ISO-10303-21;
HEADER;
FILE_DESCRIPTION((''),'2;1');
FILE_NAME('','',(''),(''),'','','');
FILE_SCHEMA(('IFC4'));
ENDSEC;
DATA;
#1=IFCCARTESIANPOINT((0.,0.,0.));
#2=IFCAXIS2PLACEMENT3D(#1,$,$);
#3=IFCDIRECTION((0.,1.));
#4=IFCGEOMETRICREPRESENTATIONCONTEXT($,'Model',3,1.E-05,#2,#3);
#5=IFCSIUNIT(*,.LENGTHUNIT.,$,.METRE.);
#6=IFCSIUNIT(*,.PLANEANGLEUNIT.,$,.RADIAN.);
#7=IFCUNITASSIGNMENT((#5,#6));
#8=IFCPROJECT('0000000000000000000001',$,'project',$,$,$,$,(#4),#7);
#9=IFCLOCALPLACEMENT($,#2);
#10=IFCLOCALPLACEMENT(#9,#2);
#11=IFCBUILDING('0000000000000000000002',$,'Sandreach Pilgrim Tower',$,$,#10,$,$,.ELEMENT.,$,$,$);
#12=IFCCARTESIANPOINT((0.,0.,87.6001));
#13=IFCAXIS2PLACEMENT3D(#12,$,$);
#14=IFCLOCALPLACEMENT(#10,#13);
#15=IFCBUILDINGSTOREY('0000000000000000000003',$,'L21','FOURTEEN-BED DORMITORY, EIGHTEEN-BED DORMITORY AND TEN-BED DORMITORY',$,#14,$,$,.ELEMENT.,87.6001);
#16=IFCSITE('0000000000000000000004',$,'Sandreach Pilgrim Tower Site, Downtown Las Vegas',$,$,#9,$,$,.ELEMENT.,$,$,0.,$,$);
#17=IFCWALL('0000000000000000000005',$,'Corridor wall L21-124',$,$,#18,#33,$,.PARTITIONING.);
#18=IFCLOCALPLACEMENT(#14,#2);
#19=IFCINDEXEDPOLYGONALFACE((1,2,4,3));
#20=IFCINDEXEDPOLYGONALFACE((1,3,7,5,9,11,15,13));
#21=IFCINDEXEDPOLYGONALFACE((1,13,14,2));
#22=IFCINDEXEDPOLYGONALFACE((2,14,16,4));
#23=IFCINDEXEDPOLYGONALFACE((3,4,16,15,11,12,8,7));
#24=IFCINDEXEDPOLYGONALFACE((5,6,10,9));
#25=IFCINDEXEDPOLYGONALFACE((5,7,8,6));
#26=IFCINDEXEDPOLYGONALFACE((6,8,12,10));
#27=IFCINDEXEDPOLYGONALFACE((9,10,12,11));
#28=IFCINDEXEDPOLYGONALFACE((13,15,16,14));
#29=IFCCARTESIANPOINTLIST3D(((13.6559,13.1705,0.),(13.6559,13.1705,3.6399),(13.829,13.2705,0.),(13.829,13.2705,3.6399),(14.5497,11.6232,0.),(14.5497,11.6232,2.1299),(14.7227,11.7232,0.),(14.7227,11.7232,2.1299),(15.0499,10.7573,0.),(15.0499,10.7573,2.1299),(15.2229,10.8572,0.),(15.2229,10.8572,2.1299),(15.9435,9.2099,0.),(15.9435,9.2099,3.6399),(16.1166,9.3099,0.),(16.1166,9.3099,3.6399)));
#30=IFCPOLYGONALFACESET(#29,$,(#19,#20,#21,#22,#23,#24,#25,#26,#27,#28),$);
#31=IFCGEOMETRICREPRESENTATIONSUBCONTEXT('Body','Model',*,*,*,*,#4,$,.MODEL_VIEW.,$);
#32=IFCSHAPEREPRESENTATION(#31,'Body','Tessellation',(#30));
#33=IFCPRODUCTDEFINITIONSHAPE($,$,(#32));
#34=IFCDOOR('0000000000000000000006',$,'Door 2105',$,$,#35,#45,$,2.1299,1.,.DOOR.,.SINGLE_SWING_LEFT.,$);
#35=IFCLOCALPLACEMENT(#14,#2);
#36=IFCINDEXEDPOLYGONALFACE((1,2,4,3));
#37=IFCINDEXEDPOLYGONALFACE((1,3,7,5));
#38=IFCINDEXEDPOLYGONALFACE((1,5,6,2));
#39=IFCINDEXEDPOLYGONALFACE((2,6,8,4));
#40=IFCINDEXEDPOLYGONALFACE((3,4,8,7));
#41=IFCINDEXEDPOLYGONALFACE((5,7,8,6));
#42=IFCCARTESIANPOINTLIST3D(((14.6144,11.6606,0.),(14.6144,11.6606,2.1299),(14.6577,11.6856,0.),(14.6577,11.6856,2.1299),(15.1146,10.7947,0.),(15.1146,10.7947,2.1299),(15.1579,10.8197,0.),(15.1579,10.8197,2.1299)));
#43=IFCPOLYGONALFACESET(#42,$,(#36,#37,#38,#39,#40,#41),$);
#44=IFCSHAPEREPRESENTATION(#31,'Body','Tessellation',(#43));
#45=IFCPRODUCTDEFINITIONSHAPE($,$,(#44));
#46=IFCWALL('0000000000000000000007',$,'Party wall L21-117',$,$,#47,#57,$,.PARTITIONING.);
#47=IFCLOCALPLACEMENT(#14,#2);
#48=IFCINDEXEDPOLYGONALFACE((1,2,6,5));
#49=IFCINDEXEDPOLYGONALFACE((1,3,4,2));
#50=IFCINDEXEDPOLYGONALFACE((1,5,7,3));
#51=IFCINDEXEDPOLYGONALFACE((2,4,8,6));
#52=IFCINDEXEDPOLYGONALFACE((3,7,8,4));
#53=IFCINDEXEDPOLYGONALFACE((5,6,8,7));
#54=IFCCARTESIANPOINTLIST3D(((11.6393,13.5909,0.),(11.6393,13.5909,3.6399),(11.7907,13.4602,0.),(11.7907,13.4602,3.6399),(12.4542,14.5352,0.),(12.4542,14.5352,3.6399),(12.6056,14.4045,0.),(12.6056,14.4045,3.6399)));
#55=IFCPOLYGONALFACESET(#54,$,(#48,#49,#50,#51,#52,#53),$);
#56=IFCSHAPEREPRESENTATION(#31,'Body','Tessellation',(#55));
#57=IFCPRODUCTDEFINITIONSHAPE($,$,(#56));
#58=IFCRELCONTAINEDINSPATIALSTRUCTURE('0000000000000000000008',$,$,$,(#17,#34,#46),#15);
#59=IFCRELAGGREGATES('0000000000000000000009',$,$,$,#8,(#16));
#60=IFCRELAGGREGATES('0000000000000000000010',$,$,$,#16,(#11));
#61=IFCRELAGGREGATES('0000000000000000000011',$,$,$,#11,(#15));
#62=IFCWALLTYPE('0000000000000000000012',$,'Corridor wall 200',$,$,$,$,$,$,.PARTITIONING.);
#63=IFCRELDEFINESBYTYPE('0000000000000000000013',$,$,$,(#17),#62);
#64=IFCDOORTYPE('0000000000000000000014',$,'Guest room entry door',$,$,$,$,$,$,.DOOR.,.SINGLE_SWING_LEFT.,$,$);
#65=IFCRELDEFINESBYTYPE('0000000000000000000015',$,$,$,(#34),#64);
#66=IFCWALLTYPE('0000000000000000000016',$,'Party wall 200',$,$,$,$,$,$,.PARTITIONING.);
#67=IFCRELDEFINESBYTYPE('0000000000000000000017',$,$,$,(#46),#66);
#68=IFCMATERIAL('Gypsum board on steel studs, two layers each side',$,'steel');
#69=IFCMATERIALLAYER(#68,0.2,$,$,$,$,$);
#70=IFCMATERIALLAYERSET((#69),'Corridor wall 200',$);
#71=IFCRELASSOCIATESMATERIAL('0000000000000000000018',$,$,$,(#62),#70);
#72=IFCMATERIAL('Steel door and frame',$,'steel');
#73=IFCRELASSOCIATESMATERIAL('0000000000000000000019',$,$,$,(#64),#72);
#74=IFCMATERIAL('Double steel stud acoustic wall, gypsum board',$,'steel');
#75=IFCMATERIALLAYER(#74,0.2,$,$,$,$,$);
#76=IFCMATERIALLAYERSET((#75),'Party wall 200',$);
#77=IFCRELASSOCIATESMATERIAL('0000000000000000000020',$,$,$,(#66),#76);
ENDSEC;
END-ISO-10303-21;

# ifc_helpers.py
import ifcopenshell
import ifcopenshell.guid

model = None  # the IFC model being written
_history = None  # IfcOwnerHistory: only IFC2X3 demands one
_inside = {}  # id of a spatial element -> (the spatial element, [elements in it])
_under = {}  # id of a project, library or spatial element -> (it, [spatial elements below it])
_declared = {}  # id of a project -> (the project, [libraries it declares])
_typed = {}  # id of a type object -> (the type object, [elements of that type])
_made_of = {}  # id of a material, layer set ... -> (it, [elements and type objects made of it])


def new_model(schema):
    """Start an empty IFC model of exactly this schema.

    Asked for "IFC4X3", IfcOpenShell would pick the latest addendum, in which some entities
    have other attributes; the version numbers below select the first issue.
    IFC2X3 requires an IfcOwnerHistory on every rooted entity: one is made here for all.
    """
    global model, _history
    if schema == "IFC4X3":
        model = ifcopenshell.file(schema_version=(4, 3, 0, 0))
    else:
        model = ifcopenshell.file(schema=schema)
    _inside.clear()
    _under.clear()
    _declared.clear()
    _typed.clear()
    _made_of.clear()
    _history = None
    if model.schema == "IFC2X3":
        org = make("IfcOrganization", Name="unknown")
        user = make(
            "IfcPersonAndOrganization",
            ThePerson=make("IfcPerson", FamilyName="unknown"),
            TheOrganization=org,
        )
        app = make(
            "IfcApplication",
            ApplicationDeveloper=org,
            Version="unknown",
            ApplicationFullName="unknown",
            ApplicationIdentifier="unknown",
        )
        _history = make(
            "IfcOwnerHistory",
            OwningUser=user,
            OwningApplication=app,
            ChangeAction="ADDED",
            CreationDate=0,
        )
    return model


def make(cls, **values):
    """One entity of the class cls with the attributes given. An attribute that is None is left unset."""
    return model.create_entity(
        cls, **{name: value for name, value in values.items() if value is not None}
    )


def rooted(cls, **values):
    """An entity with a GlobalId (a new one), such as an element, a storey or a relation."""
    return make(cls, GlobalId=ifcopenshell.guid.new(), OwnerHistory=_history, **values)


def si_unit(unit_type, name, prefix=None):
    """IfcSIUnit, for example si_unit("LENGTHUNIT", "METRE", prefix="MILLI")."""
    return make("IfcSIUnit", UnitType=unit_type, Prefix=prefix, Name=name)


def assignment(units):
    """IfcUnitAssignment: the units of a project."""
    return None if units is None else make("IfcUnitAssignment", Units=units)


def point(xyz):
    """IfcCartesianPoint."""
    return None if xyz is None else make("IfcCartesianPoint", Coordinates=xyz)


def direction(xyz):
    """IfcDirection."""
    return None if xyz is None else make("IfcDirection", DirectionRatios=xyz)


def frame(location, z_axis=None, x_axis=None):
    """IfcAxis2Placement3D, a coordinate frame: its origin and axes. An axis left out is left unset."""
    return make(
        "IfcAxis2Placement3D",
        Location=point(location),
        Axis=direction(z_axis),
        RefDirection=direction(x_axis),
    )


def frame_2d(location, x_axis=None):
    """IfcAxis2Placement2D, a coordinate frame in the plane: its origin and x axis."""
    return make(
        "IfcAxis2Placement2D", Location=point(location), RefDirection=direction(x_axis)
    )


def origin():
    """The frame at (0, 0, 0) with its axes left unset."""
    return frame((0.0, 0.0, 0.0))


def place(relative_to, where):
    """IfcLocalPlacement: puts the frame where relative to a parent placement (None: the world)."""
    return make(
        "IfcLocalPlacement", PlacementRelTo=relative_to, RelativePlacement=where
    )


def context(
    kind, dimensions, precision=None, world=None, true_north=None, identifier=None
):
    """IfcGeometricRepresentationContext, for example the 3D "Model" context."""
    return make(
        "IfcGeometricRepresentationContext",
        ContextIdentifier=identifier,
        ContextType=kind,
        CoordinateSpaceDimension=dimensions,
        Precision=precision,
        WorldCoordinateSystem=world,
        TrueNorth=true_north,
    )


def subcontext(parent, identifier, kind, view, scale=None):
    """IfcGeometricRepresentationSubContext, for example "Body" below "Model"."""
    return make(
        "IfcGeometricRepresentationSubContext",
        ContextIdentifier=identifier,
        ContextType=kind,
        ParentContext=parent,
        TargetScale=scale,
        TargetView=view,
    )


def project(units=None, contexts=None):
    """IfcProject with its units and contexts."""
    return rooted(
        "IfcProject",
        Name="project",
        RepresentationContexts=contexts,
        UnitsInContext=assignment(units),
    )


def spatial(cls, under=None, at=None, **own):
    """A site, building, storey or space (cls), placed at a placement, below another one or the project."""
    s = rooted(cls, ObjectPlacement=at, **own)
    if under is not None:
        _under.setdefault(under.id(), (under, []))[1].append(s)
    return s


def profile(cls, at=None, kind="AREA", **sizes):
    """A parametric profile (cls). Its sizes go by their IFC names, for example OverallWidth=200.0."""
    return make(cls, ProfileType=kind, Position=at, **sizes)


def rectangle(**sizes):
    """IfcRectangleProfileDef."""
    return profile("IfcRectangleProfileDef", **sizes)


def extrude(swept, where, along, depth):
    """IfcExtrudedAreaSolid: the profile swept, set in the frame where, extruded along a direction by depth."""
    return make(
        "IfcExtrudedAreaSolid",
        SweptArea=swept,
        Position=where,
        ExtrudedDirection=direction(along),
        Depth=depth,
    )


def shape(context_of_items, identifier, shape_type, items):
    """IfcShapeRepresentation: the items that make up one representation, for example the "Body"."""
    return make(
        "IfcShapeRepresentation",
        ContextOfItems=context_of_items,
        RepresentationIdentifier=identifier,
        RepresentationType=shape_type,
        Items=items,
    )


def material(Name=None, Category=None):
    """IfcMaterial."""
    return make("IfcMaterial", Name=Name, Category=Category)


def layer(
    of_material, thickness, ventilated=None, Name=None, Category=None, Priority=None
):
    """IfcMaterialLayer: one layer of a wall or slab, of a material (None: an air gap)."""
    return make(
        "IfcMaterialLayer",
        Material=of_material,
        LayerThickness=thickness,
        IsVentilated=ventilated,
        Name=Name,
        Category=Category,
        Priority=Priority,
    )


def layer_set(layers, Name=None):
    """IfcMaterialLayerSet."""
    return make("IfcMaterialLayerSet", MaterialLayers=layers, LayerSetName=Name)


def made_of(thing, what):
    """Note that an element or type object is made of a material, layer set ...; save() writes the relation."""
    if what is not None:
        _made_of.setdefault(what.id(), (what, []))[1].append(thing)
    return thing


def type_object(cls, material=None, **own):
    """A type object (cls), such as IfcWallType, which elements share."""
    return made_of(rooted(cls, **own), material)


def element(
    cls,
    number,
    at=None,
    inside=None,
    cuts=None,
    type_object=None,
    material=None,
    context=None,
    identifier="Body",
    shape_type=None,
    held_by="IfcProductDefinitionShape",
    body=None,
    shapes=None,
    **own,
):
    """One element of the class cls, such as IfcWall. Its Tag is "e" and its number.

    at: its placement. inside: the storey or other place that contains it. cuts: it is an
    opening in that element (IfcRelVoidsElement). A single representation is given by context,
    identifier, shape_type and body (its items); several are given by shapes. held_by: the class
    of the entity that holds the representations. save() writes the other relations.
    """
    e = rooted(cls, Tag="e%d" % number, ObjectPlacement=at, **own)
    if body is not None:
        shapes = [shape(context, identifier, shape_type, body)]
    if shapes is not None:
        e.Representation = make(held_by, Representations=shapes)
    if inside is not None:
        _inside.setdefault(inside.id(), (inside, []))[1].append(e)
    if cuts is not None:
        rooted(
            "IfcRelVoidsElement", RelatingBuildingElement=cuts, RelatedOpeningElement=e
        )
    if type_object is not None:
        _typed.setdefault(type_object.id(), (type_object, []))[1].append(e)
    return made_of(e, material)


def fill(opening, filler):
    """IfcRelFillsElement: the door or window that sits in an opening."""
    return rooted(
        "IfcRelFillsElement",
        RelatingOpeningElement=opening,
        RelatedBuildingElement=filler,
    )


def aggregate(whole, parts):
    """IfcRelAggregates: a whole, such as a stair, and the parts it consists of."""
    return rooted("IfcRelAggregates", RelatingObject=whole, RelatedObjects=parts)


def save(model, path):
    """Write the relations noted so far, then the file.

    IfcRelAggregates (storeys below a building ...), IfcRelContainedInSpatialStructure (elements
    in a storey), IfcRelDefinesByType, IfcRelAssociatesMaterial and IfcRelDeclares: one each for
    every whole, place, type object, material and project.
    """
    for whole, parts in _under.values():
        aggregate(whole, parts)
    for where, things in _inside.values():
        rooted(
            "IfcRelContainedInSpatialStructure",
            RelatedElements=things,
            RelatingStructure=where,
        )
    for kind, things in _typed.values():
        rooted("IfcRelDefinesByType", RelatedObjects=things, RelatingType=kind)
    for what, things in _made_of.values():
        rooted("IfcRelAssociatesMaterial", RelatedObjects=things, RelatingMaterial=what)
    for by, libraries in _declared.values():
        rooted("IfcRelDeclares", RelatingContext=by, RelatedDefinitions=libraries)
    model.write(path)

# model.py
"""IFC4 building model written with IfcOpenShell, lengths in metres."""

from ifc_helpers import new_model, si_unit, direction, frame, frame_2d, origin, place, context, subcontext, project, spatial, rectangle, extrude, material, layer, layer_set, type_object, element, fill, save


model = new_model("IFC4")

# Units and contexts
model_context = context("Model", 3, precision=1e-05, world=origin(), true_north=direction((0.0, 1.0)))
body_context = subcontext(model_context, "Body", "Model", "MODEL_VIEW")
ifc_project = project(units=[si_unit("LENGTHUNIT", "METRE"), si_unit("PLANEANGLEUNIT", "RADIAN")], contexts=[model_context])

# Site, building, storey
site_placement = place(None, origin())
site = spatial("IfcSite", under=ifc_project, at=site_placement, Name="Sandreach Pilgrim Tower Site, Downtown Las Vegas", CompositionType="ELEMENT", RefElevation=0.0)
building_placement = place(site_placement, origin())
building = spatial("IfcBuilding", under=site, at=building_placement, Name="Sandreach Pilgrim Tower", CompositionType="ELEMENT")
storey_placement = place(building_placement, frame((0.0, 0.0, 87.6001)))
storey = spatial("IfcBuildingStorey", under=building, at=storey_placement, Name="L21", Description="FOURTEEN-BED DORMITORY, EIGHTEEN-BED DORMITORY AND TEN-BED DORMITORY", CompositionType="ELEMENT", Elevation=87.6001)

# Shared definitions
ifc_material_1 = material(Name="Gypsum board on steel studs, two layers each side", Category="steel")
ifc_layer_1 = layer(ifc_material_1, 0.2)
ifc_layer_set_1 = layer_set([ifc_layer_1], Name="Corridor wall 200")
wall_type_1 = type_object("IfcWallType", Name="Corridor wall 200", PredefinedType="PARTITIONING", material=ifc_layer_set_1)
ifc_material_2 = material(Name="Steel door and frame", Category="steel")
door_type_1 = type_object("IfcDoorType", Name="Guest room entry door", OperationType="SINGLE_SWING_LEFT", PredefinedType="DOOR", material=ifc_material_2)

# Wall, opening, door
wall_1_placement = place(storey_placement, frame((13.7424, 13.2205, 0.0), z_axis=(0.0, 0.0, 1.0), x_axis=(0.500169, -0.865928, 0.0)))
wall_1 = element("IfcWall", 1, at=wall_1_placement, inside=storey, type_object=wall_type_1, Name="Corridor wall L21-124", PredefinedType="PARTITIONING", context=body_context, shape_type="SweptSolid", body=[
    extrude(rectangle(XDim=4.5737, YDim=0.2, at=frame_2d((2.2869, 0.0))), origin(), (0.0, 0.0, 1.0), 3.6399),
])
opening_1_placement = place(wall_1_placement, frame((1.7869, 0.0, 0.0)))
opening_1 = element("IfcOpeningElement", 2, at=opening_1_placement, cuts=wall_1, PredefinedType="OPENING", context=body_context, shape_type="SweptSolid", body=[
    extrude(rectangle(XDim=1.0, YDim=2.1299, at=frame_2d((0.5, 1.0649))), frame((0.0, 0.1001, 0.0), z_axis=(0.0, -1.0, 0.0), x_axis=(1.0, 0.0, 0.0)), (0.0, 0.0, 1.0), 0.2),
])
door_1_placement = place(opening_1_placement, origin())
door_1 = element("IfcDoor", 3, at=door_1_placement, inside=storey, type_object=door_type_1, Name="Door 2105", OperationType="SINGLE_SWING_LEFT", OverallHeight=2.1299, OverallWidth=1.0, PredefinedType="DOOR", context=body_context, shape_type="SweptSolid", body=[
    extrude(rectangle(XDim=1.0, YDim=2.1299, at=frame_2d((0.5, 1.0649))), frame((0.0, 0.0249, 0.0), z_axis=(0.0, -1.0, 0.0), x_axis=(1.0, 0.0, 0.0)), (0.0, 0.0, 1.0), 0.05),
])
fill(opening_1, door_1)

# Wall
ifc_material_3 = material(Name="Double steel stud acoustic wall, gypsum board", Category="steel")
ifc_layer_2 = layer(ifc_material_3, 0.2)
ifc_layer_set_2 = layer_set([ifc_layer_2], Name="Party wall 200")
wall_type_2 = type_object("IfcWallType", Name="Party wall 200", PredefinedType="PARTITIONING", material=ifc_layer_set_2)
wall_2_placement = place(storey_placement, frame((11.7151, 13.5256, 0.0), z_axis=(0.0, 0.0, 1.0), x_axis=(0.653334, 0.757069, 0.0)))
element("IfcWall", 4, at=wall_2_placement, inside=storey, type_object=wall_type_2, Name="Party wall L21-117", PredefinedType="PARTITIONING", context=body_context, shape_type="SweptSolid", body=[
    extrude(rectangle(XDim=1.2473, YDim=0.2, at=frame_2d((0.6235, 0.0))), origin(), (0.0, 0.0, 1.0), 3.6399),
])

save(model, "model.ifc")
